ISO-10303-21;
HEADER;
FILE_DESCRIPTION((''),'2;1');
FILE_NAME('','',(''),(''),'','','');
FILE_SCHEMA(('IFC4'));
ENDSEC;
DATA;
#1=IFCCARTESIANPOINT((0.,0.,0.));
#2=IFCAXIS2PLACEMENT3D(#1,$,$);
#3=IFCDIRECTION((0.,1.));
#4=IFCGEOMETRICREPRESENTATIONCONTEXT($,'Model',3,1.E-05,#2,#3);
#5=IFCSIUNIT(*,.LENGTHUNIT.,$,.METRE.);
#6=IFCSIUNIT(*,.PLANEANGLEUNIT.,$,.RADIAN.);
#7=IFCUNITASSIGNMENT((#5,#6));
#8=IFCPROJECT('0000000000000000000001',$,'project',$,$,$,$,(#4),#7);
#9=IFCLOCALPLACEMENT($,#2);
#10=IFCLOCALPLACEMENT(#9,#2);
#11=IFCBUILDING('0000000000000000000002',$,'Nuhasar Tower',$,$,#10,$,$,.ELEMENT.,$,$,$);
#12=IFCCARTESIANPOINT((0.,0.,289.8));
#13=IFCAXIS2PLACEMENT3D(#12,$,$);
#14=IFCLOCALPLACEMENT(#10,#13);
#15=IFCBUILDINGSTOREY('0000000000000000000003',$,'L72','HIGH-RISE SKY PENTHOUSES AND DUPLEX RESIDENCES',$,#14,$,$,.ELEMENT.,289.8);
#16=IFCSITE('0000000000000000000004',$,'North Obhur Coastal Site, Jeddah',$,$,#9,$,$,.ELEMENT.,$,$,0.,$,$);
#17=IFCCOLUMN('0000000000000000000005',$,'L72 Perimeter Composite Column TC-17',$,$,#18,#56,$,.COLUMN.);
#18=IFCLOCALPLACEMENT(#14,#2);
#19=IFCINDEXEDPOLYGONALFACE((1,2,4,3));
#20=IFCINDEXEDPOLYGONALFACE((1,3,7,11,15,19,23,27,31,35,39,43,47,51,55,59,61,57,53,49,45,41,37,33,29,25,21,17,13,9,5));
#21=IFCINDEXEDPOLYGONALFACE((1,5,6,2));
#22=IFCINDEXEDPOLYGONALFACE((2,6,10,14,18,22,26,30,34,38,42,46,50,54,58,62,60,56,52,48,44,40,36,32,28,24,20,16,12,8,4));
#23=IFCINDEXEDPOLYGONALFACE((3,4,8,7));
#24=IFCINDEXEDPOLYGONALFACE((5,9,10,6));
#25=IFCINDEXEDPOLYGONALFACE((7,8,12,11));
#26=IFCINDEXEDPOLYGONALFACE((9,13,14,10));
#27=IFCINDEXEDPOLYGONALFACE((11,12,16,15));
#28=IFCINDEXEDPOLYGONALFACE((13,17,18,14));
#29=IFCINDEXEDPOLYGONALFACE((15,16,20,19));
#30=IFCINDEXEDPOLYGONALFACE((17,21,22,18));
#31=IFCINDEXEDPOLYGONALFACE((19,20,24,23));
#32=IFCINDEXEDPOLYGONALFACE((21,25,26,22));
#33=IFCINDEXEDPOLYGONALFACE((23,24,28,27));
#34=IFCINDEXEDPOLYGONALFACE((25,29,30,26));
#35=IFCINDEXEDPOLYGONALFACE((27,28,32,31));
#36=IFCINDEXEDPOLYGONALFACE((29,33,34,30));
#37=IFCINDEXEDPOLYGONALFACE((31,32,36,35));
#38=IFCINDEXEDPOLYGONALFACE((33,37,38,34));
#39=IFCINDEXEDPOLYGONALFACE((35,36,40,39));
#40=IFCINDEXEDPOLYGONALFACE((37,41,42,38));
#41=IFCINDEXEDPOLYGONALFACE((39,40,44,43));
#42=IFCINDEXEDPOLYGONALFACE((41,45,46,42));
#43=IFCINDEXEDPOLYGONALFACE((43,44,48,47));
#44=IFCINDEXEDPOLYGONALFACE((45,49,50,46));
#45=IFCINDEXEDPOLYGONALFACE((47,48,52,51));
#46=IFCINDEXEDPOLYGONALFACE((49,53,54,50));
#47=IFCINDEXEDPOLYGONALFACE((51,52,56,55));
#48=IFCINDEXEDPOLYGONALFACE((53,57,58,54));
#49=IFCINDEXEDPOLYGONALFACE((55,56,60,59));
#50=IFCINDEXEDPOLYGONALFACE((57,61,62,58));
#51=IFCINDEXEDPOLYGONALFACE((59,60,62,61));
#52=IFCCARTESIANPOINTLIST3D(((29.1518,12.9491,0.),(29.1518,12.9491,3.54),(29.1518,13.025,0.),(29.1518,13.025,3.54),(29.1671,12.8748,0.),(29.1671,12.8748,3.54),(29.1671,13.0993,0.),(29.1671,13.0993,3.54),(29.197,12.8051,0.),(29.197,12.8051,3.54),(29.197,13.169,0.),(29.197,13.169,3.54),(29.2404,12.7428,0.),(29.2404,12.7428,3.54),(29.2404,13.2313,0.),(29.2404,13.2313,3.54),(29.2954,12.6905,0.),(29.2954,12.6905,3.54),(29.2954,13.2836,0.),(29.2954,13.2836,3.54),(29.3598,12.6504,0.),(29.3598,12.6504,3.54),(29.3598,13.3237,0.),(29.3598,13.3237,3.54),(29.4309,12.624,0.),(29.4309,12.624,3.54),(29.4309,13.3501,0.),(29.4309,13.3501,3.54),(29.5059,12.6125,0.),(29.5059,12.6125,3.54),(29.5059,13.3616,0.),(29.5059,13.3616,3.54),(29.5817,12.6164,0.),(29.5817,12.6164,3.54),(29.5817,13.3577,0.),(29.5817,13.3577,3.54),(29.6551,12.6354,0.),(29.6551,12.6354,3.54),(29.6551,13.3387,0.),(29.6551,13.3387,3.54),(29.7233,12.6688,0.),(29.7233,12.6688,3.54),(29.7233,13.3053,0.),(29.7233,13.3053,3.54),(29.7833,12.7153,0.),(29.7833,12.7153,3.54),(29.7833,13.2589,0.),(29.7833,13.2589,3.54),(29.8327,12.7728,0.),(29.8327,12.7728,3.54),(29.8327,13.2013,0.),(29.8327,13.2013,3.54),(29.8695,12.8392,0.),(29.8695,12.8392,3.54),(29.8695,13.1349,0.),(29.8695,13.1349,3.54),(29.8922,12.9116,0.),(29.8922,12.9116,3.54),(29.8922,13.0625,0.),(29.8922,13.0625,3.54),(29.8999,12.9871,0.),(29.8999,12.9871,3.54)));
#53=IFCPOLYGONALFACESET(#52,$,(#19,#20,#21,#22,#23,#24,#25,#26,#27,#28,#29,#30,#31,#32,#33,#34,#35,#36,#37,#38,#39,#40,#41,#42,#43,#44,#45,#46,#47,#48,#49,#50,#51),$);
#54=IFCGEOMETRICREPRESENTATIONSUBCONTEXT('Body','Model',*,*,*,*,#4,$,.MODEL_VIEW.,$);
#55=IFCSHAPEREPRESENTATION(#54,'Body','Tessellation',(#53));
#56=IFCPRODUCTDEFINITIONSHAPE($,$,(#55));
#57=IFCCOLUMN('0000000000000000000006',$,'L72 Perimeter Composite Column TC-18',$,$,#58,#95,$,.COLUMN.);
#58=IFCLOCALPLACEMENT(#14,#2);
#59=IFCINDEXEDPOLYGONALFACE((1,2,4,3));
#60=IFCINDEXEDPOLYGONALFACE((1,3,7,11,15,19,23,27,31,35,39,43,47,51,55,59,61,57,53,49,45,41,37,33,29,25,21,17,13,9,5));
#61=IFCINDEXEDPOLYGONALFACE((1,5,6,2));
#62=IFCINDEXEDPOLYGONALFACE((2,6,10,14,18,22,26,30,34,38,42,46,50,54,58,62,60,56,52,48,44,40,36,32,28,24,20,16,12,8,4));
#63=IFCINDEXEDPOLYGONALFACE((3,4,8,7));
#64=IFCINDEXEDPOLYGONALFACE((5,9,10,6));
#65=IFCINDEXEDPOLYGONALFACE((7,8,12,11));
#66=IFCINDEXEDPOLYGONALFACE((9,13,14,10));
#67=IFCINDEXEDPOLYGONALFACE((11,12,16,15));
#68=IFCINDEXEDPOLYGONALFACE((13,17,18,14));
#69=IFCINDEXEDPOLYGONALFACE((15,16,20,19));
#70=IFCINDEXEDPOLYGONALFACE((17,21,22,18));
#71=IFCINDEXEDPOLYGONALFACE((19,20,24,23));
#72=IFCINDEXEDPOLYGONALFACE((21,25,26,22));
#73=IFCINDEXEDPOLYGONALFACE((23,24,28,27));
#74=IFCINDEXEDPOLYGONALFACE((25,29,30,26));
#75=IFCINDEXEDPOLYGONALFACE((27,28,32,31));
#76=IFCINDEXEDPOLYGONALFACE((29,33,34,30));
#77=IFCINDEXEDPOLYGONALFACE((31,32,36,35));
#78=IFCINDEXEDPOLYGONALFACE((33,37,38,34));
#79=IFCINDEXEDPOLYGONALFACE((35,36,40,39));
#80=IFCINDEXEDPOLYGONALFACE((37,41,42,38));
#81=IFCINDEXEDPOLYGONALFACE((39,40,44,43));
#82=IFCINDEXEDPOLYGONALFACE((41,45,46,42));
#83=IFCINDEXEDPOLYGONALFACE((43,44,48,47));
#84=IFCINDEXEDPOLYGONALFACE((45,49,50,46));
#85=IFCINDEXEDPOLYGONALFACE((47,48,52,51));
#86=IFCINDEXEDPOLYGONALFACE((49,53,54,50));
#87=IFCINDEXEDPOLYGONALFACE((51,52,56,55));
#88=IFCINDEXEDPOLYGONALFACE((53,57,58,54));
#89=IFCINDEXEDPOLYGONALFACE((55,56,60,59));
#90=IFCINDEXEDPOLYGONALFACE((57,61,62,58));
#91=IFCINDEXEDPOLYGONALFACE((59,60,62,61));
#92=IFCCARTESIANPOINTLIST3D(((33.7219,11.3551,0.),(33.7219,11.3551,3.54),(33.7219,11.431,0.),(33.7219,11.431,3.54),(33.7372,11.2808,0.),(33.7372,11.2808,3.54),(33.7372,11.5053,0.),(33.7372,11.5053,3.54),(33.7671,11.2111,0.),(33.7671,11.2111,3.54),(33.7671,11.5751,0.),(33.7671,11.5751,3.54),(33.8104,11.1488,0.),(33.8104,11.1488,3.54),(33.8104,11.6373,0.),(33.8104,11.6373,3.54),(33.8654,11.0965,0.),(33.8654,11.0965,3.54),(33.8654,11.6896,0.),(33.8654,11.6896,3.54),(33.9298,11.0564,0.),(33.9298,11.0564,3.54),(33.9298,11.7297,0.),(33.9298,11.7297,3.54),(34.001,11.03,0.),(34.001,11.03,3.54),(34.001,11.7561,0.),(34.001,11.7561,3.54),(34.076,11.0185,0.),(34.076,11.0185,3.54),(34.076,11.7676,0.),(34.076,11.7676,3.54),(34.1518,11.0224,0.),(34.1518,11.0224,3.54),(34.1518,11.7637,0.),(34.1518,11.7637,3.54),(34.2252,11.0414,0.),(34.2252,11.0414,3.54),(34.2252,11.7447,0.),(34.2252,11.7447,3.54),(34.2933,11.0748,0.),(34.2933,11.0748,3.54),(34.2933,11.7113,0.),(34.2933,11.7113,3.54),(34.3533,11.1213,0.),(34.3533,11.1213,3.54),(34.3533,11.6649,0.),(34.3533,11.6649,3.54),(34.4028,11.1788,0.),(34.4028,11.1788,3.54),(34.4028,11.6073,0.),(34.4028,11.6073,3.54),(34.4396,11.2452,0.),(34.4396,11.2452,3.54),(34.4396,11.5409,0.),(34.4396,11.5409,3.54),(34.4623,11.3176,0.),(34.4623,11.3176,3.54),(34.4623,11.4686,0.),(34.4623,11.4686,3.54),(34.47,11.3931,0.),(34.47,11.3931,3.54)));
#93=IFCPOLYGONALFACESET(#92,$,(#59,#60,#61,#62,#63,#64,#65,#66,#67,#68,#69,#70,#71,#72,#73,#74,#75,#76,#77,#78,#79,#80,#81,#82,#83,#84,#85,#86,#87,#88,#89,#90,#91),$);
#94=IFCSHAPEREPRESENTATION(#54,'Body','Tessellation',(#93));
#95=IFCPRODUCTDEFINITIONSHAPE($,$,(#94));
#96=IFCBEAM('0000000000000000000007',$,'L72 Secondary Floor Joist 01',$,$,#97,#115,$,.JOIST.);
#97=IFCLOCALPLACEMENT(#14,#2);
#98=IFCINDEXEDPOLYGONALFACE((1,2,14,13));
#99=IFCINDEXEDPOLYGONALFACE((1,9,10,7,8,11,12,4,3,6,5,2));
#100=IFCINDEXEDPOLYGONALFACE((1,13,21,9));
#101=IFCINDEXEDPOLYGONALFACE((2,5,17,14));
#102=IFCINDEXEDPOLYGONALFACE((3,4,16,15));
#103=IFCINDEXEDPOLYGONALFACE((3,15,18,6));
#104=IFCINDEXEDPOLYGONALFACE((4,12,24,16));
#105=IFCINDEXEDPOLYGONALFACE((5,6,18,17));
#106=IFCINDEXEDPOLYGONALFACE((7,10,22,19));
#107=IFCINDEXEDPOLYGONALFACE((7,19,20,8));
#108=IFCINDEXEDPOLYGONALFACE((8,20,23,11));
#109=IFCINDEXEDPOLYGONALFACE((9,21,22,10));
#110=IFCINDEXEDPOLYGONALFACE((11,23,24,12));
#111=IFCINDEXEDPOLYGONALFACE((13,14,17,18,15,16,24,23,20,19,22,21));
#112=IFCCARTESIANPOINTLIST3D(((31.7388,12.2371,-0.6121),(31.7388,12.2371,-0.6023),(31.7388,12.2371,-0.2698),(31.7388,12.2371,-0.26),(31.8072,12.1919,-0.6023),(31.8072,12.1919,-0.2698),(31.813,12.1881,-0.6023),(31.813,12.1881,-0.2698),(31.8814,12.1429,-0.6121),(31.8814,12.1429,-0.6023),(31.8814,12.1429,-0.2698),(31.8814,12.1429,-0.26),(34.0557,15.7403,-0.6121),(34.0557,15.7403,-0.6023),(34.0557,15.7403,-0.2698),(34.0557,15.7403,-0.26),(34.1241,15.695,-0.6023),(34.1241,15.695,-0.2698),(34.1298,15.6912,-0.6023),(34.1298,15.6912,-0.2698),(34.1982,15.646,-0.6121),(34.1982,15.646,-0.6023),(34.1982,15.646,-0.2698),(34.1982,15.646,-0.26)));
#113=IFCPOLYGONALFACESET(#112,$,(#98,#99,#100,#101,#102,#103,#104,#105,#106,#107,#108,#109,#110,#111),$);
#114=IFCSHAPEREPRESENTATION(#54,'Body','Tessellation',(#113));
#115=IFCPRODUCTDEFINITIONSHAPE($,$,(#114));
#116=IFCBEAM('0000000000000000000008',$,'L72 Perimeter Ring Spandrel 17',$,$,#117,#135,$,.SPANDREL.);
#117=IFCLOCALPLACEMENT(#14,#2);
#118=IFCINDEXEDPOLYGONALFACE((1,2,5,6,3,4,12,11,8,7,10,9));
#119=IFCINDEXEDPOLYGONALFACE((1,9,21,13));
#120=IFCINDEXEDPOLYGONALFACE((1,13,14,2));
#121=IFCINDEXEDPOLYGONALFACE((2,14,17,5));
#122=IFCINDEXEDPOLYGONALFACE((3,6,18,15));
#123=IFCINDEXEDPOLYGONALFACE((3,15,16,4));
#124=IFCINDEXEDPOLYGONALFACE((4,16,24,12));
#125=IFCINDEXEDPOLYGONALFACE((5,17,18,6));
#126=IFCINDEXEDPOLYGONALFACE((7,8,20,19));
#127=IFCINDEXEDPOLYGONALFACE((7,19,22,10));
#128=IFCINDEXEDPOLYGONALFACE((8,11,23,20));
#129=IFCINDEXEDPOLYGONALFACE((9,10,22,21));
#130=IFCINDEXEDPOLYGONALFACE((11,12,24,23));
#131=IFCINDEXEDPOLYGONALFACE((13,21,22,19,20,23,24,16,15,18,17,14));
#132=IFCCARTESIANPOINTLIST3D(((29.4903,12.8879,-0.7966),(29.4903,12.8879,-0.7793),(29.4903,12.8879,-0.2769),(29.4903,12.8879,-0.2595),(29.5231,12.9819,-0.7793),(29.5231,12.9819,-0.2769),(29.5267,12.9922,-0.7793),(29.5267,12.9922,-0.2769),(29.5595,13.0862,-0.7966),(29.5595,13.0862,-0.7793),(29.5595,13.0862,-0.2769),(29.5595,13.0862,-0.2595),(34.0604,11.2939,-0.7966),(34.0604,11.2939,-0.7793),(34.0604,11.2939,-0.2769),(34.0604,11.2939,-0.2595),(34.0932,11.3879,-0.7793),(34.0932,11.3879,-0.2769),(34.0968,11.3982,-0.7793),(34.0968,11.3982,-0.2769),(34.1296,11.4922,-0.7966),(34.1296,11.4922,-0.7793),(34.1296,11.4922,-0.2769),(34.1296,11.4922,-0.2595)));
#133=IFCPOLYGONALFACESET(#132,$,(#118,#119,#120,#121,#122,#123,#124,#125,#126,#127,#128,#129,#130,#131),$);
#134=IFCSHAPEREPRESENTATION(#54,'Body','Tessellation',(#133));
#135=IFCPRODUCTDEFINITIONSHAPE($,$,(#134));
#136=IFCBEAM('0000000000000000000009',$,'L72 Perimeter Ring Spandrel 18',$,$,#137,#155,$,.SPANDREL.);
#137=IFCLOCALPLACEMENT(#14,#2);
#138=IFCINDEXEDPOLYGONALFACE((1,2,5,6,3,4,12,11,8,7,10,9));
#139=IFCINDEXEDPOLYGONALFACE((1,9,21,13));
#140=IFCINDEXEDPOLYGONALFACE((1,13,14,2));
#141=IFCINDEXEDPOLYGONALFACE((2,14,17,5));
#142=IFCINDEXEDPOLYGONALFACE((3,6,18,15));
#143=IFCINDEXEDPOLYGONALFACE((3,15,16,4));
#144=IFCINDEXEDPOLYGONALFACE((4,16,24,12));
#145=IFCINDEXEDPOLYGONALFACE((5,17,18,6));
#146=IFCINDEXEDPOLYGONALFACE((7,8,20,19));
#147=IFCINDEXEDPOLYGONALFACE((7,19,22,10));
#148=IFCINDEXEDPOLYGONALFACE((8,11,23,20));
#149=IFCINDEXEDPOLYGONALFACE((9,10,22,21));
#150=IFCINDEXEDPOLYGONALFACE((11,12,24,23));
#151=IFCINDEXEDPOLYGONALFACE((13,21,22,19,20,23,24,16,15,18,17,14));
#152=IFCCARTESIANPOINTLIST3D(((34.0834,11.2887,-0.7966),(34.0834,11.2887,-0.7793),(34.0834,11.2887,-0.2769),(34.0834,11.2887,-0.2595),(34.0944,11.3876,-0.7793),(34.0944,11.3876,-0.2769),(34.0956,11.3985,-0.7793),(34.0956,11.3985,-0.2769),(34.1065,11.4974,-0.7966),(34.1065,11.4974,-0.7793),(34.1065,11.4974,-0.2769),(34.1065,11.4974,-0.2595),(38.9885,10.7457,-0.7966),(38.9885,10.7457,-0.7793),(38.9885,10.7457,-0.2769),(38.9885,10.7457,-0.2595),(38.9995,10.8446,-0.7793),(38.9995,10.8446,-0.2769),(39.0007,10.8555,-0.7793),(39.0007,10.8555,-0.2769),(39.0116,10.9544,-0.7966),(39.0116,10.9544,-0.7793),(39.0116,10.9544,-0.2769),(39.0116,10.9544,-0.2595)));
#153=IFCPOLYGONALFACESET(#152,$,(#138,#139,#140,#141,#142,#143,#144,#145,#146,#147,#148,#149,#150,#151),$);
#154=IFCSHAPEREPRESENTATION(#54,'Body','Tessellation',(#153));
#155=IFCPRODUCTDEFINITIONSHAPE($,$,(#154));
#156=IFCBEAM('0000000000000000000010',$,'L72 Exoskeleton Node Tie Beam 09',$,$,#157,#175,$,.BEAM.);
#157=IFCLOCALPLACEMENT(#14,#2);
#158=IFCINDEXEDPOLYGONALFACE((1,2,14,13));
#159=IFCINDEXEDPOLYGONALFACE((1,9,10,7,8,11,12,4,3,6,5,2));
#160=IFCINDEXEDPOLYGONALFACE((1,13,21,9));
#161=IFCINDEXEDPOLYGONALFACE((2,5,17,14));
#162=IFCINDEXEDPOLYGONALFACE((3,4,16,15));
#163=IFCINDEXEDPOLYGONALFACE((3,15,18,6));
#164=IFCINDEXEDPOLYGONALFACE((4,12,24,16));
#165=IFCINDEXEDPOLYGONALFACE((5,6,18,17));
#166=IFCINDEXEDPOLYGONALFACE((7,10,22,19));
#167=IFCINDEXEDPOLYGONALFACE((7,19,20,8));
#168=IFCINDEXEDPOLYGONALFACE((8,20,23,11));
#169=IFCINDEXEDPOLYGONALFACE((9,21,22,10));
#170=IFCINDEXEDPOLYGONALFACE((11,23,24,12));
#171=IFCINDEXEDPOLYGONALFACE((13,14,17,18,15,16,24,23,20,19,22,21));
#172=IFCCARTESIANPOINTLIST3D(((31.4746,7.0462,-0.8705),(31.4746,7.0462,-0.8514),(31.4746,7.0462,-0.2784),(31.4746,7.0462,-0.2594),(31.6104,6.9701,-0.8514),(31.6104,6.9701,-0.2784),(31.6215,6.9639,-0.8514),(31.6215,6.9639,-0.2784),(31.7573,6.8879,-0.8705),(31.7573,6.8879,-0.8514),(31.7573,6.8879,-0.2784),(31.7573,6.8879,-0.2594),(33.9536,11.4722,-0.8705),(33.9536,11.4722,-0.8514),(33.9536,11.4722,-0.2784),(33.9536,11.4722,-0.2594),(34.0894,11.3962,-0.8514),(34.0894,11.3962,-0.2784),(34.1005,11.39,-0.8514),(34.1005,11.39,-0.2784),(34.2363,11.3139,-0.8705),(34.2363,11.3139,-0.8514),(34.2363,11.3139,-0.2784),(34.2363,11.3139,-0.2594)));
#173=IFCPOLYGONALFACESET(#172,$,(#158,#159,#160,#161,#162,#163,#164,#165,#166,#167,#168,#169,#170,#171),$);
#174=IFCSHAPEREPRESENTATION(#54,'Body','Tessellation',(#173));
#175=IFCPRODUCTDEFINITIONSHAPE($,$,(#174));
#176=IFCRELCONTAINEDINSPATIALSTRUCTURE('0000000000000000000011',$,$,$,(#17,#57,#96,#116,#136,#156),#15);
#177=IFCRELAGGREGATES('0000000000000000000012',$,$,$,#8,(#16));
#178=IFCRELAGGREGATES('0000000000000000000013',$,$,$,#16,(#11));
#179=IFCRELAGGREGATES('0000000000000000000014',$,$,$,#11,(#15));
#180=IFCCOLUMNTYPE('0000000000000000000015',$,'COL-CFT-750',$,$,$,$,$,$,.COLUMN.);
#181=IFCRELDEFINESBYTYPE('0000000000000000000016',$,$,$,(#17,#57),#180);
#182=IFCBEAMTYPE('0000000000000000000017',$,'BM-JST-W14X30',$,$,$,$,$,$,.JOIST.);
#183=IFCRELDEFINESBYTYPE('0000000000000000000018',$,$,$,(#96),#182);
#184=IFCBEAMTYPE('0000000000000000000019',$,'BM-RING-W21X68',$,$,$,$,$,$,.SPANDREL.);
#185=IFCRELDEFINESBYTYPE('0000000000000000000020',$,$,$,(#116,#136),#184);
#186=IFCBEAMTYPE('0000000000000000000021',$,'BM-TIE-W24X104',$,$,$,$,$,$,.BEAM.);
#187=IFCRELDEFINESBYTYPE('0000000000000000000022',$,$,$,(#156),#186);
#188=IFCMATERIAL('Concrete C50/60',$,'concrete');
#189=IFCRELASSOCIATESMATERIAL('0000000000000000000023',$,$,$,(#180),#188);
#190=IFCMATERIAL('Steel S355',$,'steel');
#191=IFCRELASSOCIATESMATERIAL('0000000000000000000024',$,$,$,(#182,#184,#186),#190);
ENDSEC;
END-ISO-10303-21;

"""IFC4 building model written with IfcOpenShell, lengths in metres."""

from ifc_helpers import new_model, si_unit, direction, frame, origin, origin_2d, place, context, subcontext, project, spatial, circle, i_section, extrude, material, material_profile, profile_set, type_object, element, save


model = new_model("IFC4")

# Units and contexts
model_context = context("Model", 3, precision=1e-05, world=origin(), true_north=direction((0.0, 1.0)))
body_context = subcontext(model_context, "Body", "Model", "MODEL_VIEW")
ifc_project = project(units=[si_unit("LENGTHUNIT", "METRE"), si_unit("PLANEANGLEUNIT", "RADIAN")], contexts=[model_context])

# Site, building, storey
site_placement = place(None, origin())
site = spatial("IfcSite", under=ifc_project, at=site_placement, Name="North Obhur Coastal Site, Jeddah", CompositionType="ELEMENT", RefElevation=0.0)
building_placement = place(site_placement, origin())
building = spatial("IfcBuilding", under=site, at=building_placement, Name="Nuhasar Tower", CompositionType="ELEMENT")
storey_placement = place(building_placement, frame((0.0, 0.0, 289.8)))
storey = spatial("IfcBuildingStorey", under=building, at=storey_placement, Name="L72", Description="HIGH-RISE SKY PENTHOUSES AND DUPLEX RESIDENCES", CompositionType="ELEMENT", Elevation=289.8)

# Columns
ifc_material_1 = material(Name="Concrete C50/60", Category="concrete")
ifc_material_profile_1 = material_profile(ifc_material_1, circle(Radius=0.375, at=origin_2d()), Name="CFT750")
ifc_profile_set_1 = profile_set([ifc_material_profile_1], Name="Concrete C50/60")
column_type = type_object("IfcColumnType", Name="COL-CFT-750", PredefinedType="COLUMN", material=ifc_profile_set_1)
for number, where, z_axis, x_axis, name in (
    (1, (29.5249, 12.9871, 0.0), (0.0, 0.0, 1.0), (1.0, 0.0, 0.0), "L72 Perimeter Composite Column TC-17"),
    (2, (34.095, 11.3931, 0.0), (0.0, 0.0, 1.0), (1.0, 0.0, 0.0), "L72 Perimeter Composite Column TC-18"),
):
    element("IfcColumn", number, at=place(storey_placement, frame(where, z_axis=z_axis, x_axis=x_axis)), inside=storey, type_object=column_type, Name=name, PredefinedType="COLUMN", context=body_context, shape_type="SweptSolid", body=[
        extrude(circle(Radius=0.375, at=origin_2d()), origin(), (0.0, 0.0, 1.0), 3.54),
    ])

# Beams
ifc_material_2 = material(Name="Steel S355", Category="steel")
ifc_material_profile_2 = material_profile(ifc_material_2, i_section(OverallWidth=0.1709, OverallDepth=0.3521, WebThickness=0.0068, FlangeThickness=0.0098, at=origin_2d()), Name="W14X30")
ifc_profile_set_2 = profile_set([ifc_material_profile_2], Name="Steel S355")
beam_type_1 = type_object("IfcBeamType", Name="BM-JST-W14X30", PredefinedType="JOIST", material=ifc_profile_set_2)
beam_1_placement = place(storey_placement, frame((34.127, 15.6931, -0.436), z_axis=(-0.551638, -0.834084, 0.0), x_axis=(0.834084, -0.551638, 0.0)))
element("IfcBeam", 3, at=beam_1_placement, inside=storey, type_object=beam_type_1, Name="L72 Secondary Floor Joist 01", PredefinedType="JOIST", context=body_context, shape_type="SweptSolid", body=[
    extrude(i_section(OverallWidth=0.1709, OverallDepth=0.3521, WebThickness=0.0068, FlangeThickness=0.0098, at=origin_2d()), origin(), (0.0, 0.0, 1.0), 4.2),
])
ifc_material_profile_3 = material_profile(ifc_material_2, i_section(OverallWidth=0.21, OverallDepth=0.5371, WebThickness=0.011, FlangeThickness=0.0173, at=origin_2d()), Name="W21X68")
ifc_profile_set_3 = profile_set([ifc_material_profile_3], Name="Steel S355")
beam_type_2 = type_object("IfcBeamType", Name="BM-RING-W21X68", PredefinedType="SPANDREL", material=ifc_profile_set_3)
beam_2_placement = place(storey_placement, frame((29.5249, 12.9871, -0.5281), z_axis=(0.944214, -0.329332, 0.0), x_axis=(0.329332, 0.944214, 0.0)))
element("IfcBeam", 4, at=beam_2_placement, inside=storey, type_object=beam_type_2, Name="L72 Perimeter Ring Spandrel 17", PredefinedType="SPANDREL", context=body_context, shape_type="SweptSolid", body=[
    extrude(i_section(OverallWidth=0.21, OverallDepth=0.5371, WebThickness=0.011, FlangeThickness=0.0173, at=origin_2d()), origin(), (0.0, 0.0, 1.0), 4.8401),
])
beam_3_placement = place(storey_placement, frame((34.095, 11.3931, -0.5281), z_axis=(0.993929, -0.110024, 0.0), x_axis=(0.110024, 0.993929, 0.0)))
element("IfcBeam", 5, at=beam_3_placement, inside=storey, type_object=beam_type_2, Name="L72 Perimeter Ring Spandrel 18", PredefinedType="SPANDREL", context=body_context, shape_type="SweptSolid", body=[
    extrude(i_section(OverallWidth=0.21, OverallDepth=0.5371, WebThickness=0.011, FlangeThickness=0.0173, at=origin_2d()), origin(), (0.0, 0.0, 1.0), 4.9351),
])
ifc_material_profile_4 = material_profile(ifc_material_2, i_section(OverallWidth=0.324, OverallDepth=0.6111, WebThickness=0.0127, FlangeThickness=0.019, at=origin_2d()), Name="W24X104")
ifc_profile_set_4 = profile_set([ifc_material_profile_4], Name="Steel S355")
beam_type_3 = type_object("IfcBeamType", Name="BM-TIE-W24X104", PredefinedType="BEAM", material=ifc_profile_set_4)
beam_4_placement = place(storey_placement, frame((34.095, 11.3931, -0.5649), z_axis=(-0.488668, -0.87247, 0.0), x_axis=(0.87247, -0.488668, 0.0)))
element("IfcBeam", 6, at=beam_4_placement, inside=storey, type_object=beam_type_3, Name="L72 Exoskeleton Node Tie Beam 09", PredefinedType="BEAM", context=body_context, shape_type="SweptSolid", body=[
    extrude(i_section(OverallWidth=0.324, OverallDepth=0.6111, WebThickness=0.0127, FlangeThickness=0.019, at=origin_2d()), origin(), (0.0, 0.0, 1.0), 5.073),
])

save(model, "model.ifc")
